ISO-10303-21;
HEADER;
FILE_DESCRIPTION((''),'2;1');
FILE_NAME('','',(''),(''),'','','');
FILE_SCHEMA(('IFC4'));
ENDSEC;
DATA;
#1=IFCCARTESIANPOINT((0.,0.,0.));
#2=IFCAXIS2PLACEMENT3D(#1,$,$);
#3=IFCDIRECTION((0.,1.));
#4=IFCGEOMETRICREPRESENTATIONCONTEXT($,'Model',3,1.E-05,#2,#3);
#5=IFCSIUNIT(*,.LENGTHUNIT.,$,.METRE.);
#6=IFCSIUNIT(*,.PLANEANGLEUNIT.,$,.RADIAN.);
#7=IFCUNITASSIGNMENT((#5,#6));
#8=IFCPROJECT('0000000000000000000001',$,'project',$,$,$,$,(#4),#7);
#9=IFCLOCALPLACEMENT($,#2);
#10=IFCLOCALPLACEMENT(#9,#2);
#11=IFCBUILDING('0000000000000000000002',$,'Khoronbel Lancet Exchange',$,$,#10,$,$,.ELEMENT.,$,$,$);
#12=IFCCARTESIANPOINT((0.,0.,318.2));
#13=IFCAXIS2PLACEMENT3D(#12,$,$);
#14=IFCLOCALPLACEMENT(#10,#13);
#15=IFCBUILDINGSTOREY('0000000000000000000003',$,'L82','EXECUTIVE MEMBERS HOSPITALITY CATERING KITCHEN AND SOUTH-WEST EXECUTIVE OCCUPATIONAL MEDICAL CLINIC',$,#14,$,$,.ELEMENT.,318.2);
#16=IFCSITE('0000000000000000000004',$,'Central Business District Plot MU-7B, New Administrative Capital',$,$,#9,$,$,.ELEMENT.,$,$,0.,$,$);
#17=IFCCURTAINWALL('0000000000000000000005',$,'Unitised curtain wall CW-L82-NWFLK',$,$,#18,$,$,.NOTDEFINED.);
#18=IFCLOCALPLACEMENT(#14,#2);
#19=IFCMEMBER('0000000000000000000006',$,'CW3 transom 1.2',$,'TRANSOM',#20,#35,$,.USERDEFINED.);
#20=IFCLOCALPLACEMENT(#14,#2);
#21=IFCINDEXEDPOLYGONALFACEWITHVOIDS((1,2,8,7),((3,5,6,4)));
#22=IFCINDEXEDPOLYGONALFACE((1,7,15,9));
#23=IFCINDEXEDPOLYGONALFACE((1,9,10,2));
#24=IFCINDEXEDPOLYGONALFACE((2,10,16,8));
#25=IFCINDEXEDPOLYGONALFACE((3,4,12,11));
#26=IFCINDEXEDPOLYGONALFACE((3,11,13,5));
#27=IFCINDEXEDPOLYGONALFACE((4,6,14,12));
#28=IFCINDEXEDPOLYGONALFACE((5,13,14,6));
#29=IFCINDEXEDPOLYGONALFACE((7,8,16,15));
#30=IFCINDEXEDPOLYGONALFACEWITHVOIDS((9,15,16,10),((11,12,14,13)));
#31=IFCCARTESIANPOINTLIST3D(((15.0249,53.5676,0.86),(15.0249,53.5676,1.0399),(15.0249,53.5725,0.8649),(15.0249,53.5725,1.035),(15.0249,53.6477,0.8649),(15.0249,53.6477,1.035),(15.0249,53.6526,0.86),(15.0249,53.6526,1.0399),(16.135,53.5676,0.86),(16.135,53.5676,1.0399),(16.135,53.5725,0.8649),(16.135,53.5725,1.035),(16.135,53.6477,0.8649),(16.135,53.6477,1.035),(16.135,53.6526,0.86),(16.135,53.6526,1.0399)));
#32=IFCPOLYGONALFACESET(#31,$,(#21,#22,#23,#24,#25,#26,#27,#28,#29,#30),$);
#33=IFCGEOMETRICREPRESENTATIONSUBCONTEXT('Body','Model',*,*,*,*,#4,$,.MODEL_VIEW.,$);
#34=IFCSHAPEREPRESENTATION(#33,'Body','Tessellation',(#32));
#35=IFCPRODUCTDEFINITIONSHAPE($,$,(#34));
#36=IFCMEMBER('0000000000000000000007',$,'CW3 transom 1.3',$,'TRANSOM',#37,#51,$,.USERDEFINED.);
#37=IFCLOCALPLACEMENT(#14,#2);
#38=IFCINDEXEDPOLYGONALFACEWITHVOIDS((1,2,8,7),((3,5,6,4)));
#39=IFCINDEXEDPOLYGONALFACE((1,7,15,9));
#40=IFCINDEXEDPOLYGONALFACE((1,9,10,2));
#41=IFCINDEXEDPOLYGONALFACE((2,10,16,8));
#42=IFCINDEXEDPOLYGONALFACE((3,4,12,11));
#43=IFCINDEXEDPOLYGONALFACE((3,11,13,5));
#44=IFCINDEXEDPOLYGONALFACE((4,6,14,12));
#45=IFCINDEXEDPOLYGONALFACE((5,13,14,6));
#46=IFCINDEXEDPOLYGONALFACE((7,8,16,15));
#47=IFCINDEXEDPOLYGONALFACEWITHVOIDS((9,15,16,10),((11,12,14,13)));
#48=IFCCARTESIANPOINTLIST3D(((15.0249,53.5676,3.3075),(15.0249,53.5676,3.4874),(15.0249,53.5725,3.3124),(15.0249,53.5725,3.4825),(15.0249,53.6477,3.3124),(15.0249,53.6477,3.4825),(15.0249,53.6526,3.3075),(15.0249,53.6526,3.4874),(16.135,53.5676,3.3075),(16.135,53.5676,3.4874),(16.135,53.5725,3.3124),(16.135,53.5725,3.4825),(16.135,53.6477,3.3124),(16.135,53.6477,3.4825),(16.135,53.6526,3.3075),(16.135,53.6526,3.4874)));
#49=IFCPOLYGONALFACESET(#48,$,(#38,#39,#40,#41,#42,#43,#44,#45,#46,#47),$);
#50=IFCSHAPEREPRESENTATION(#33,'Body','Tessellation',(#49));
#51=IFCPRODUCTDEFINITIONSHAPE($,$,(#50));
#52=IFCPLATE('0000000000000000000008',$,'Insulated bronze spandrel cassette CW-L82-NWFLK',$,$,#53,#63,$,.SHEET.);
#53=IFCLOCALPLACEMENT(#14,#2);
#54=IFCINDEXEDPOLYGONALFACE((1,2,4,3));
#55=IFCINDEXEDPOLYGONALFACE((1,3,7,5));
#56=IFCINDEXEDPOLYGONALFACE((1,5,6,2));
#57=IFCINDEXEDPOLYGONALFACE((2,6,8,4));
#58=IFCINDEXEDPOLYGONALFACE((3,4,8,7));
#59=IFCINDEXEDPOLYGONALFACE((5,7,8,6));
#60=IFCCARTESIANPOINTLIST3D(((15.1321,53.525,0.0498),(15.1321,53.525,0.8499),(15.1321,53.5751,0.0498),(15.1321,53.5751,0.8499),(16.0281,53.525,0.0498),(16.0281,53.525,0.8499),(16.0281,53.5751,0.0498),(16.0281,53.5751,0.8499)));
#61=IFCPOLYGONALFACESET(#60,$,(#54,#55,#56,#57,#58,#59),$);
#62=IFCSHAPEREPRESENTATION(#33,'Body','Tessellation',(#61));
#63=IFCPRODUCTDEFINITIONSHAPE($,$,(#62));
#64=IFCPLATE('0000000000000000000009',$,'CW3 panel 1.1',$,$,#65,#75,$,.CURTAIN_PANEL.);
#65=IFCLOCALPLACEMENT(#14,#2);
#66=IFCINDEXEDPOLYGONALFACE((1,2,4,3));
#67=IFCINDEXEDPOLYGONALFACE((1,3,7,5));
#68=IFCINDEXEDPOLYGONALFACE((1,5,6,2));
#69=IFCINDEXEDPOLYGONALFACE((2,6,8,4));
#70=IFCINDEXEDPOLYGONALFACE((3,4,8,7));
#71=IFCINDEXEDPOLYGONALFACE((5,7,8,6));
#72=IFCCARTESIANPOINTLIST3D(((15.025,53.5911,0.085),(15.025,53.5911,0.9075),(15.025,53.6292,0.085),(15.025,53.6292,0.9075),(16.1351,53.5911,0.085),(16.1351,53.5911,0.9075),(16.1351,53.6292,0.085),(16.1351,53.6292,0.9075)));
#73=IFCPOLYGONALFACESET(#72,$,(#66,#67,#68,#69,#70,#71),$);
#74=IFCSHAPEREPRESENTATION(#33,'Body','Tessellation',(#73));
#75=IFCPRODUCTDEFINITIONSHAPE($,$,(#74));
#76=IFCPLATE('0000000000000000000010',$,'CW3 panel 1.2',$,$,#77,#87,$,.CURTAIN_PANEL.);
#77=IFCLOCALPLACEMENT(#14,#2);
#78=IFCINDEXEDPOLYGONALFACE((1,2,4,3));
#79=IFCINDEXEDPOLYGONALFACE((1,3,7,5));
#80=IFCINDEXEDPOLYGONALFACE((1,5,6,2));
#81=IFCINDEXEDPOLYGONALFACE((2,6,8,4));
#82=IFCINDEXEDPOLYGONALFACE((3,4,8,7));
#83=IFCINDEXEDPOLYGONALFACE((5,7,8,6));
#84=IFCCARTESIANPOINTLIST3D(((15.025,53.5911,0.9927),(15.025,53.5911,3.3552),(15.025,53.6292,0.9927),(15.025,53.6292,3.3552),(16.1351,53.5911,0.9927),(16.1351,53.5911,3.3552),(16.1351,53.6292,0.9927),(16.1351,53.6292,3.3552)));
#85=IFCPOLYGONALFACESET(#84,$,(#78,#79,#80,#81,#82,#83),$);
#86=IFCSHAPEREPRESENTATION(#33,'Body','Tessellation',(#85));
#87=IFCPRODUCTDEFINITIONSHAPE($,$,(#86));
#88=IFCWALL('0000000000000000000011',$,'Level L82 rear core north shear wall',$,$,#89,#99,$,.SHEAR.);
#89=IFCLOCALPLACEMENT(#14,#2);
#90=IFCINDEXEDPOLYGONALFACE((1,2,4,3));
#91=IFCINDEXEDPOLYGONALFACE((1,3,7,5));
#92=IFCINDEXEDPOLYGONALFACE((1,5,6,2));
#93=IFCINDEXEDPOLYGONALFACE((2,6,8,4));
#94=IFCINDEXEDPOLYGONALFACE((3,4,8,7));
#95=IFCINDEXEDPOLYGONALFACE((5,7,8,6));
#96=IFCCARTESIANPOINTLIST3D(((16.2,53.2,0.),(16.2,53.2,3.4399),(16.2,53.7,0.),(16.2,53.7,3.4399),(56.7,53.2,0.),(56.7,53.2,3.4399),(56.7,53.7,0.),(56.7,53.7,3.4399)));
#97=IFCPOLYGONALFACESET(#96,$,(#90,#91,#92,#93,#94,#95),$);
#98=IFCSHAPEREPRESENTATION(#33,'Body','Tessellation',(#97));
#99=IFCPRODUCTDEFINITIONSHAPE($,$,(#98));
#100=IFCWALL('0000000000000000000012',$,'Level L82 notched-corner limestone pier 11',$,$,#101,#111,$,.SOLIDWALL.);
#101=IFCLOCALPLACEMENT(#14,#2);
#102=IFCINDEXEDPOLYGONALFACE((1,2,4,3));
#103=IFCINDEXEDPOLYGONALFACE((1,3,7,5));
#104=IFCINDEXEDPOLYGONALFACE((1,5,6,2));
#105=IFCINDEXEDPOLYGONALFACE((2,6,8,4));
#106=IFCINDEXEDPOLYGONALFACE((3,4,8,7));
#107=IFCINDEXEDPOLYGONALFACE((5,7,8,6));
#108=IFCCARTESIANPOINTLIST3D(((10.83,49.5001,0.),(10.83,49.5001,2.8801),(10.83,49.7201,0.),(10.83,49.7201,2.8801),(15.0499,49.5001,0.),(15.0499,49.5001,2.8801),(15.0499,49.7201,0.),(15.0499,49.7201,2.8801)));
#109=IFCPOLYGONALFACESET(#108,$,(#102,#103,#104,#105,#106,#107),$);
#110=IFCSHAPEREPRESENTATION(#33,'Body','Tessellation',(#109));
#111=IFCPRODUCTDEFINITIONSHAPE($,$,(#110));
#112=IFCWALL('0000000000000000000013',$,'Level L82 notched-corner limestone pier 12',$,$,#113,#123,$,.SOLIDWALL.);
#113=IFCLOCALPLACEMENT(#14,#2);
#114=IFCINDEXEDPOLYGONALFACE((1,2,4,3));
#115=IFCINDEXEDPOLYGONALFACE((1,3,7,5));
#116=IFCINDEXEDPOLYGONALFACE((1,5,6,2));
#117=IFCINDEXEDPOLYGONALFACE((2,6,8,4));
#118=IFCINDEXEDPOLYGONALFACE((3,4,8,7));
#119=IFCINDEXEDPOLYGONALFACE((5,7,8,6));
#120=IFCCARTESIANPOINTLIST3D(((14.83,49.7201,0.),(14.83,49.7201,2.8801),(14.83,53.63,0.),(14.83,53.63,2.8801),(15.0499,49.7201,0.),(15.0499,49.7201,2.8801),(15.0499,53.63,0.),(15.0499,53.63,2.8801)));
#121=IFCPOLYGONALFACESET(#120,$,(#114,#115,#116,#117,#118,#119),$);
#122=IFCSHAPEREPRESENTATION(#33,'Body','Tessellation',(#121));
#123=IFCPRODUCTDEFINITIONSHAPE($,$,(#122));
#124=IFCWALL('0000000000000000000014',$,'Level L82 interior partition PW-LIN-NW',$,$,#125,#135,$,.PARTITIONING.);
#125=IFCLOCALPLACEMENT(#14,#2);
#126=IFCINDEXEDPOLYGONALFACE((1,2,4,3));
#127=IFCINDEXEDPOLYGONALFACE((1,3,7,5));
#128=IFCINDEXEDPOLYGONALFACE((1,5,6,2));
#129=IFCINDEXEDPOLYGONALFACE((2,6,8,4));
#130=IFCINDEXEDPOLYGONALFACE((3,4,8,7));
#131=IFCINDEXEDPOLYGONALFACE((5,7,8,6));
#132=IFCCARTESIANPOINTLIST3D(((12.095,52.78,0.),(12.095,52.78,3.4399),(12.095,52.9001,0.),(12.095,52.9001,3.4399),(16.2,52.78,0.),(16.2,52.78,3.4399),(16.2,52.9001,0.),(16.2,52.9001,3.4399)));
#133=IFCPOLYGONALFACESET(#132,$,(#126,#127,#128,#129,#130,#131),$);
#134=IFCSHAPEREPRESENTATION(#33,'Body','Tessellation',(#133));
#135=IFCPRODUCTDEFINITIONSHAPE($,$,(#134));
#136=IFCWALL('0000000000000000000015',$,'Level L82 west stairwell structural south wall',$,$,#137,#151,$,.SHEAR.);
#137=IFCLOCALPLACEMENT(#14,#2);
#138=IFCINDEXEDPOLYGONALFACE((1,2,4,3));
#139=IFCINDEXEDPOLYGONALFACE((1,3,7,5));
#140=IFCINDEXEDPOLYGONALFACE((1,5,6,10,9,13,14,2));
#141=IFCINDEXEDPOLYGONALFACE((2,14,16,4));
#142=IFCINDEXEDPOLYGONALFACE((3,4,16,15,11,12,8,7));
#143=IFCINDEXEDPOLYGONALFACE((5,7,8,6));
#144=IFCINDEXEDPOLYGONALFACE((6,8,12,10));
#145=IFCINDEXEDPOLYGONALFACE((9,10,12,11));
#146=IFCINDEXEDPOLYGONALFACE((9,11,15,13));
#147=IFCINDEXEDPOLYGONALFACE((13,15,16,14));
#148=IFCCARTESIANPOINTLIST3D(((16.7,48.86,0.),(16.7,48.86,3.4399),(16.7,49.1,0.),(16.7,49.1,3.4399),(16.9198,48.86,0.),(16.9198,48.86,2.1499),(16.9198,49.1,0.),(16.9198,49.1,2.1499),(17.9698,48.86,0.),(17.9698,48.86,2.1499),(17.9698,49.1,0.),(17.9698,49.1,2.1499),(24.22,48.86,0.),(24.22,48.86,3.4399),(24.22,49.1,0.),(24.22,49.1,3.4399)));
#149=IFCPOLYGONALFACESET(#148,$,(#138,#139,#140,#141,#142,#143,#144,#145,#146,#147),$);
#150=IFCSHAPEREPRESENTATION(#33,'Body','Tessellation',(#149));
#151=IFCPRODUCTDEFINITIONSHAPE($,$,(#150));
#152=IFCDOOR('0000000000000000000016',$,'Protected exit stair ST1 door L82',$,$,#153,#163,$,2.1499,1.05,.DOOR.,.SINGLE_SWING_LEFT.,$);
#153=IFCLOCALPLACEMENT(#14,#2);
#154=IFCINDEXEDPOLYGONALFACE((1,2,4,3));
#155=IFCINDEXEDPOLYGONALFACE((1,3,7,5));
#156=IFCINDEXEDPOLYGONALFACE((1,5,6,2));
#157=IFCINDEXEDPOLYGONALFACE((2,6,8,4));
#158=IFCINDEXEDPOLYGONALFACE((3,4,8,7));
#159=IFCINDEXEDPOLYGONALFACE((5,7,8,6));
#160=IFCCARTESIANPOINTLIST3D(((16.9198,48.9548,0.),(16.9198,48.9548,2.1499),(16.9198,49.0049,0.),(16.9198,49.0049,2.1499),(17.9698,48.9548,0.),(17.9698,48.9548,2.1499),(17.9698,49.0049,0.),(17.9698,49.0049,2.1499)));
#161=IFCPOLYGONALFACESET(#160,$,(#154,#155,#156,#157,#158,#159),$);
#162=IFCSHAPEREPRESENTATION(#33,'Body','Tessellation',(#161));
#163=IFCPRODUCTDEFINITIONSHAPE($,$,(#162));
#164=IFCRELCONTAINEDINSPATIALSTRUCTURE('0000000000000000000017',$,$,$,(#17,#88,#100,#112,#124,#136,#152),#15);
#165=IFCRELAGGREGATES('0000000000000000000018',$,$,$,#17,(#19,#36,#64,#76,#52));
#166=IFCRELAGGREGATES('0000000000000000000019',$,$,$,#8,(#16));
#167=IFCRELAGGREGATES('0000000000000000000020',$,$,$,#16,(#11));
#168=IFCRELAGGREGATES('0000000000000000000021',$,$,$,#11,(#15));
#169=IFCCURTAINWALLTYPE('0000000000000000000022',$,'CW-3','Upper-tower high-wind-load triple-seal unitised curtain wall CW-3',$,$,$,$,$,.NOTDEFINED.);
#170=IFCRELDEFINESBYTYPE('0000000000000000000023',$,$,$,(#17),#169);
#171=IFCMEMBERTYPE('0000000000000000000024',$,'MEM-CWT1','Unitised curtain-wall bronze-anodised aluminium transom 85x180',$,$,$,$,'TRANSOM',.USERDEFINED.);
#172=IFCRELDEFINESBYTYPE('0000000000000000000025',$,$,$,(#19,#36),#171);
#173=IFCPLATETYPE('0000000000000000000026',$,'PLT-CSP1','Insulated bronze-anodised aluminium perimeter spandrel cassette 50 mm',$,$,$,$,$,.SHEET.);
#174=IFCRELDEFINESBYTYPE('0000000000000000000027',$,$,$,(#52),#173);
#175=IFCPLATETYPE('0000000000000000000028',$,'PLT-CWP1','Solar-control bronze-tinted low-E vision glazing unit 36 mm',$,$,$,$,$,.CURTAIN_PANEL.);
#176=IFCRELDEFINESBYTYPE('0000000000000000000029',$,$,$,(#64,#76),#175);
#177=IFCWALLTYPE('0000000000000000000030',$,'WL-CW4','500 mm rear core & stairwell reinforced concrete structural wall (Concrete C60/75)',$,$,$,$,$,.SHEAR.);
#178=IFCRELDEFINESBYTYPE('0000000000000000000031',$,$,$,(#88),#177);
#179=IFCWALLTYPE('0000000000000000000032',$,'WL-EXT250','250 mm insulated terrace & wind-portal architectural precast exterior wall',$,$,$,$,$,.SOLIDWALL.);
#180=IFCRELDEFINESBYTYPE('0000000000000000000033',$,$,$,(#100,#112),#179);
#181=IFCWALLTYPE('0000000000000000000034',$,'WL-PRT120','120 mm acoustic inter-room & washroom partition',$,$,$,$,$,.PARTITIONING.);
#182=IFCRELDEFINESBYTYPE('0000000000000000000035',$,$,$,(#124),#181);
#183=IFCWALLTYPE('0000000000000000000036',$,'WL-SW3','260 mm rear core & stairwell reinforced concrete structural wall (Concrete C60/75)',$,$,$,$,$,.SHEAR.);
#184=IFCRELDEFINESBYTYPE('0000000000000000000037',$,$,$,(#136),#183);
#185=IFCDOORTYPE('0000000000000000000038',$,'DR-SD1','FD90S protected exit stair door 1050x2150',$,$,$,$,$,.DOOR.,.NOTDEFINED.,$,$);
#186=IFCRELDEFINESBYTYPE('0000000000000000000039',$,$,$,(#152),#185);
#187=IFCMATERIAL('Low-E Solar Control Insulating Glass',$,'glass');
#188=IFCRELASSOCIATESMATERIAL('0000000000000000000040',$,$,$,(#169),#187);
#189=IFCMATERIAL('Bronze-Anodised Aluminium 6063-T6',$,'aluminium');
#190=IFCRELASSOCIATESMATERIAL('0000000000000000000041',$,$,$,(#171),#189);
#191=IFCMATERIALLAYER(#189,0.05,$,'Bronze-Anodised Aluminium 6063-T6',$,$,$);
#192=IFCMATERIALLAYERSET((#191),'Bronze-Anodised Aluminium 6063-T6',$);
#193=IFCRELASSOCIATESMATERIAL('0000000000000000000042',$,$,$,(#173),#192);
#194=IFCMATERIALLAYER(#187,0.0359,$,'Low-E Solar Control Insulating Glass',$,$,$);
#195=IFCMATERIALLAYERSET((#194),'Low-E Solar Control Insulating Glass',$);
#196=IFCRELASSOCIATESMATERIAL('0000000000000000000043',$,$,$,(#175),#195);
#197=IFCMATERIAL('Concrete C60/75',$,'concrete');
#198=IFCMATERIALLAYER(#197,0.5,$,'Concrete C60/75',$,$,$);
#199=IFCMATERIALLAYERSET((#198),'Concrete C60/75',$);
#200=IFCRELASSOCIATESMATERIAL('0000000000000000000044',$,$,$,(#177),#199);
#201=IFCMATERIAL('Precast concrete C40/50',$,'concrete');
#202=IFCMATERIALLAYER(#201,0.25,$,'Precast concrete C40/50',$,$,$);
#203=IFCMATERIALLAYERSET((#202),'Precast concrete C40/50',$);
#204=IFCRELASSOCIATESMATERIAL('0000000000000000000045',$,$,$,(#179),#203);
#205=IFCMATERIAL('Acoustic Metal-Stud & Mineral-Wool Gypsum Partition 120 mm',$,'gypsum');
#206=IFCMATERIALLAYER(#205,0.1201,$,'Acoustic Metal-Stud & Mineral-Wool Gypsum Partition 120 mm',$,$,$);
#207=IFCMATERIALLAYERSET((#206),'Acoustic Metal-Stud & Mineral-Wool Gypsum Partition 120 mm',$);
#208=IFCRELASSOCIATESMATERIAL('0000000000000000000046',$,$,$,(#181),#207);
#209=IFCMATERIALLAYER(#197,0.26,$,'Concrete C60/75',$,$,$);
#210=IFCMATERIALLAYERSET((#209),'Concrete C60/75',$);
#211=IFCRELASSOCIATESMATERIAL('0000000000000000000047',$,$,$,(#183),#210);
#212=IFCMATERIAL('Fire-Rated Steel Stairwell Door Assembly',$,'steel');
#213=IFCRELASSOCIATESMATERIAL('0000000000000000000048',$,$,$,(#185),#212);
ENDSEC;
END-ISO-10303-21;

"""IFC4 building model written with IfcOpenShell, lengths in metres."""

from ifc_helpers import new_model, si_unit, direction, frame, frame_2d, origin, origin_2d, place, context, subcontext, project, spatial, rectangle, hollow_rectangle, extrude, material, layer, layer_set, material_profile, profile_set, type_object, element, fill, aggregate, save


model = new_model("IFC4")

# Units and contexts
model_context = context("Model", 3, precision=1e-05, world=origin(), true_north=direction((0.0, 1.0)))
body_context = subcontext(model_context, "Body", "Model", "MODEL_VIEW")
ifc_project = project(units=[si_unit("LENGTHUNIT", "METRE"), si_unit("PLANEANGLEUNIT", "RADIAN")], contexts=[model_context])

# Site, building, storey
site_placement = place(None, origin())
site = spatial("IfcSite", under=ifc_project, at=site_placement, Name="Central Business District Plot MU-7B, New Administrative Capital", CompositionType="ELEMENT", RefElevation=0.0)
building_placement = place(site_placement, origin())
building = spatial("IfcBuilding", under=site, at=building_placement, Name="Khoronbel Lancet Exchange", CompositionType="ELEMENT")
storey_placement = place(building_placement, frame((0.0, 0.0, 318.2)))
storey = spatial("IfcBuildingStorey", under=building, at=storey_placement, Name="L82", Description="EXECUTIVE MEMBERS HOSPITALITY CATERING KITCHEN AND SOUTH-WEST EXECUTIVE OCCUPATIONAL MEDICAL CLINIC", CompositionType="ELEMENT", Elevation=318.2)

# Curtain wall, members, plates
ifc_material_1 = material(Name="Low-E Solar Control Insulating Glass", Category="glass")
curtain_wall_type = type_object("IfcCurtainWallType", Name="CW-3", Description="Upper-tower high-wind-load triple-seal unitised curtain wall CW-3", PredefinedType="NOTDEFINED", material=ifc_material_1)
curtain_wall_placement = place(storey_placement, origin())
curtain_wall = element("IfcCurtainWall", 1, at=curtain_wall_placement, inside=storey, type_object=curtain_wall_type, Name="Unitised curtain wall CW-L82-NWFLK", PredefinedType="NOTDEFINED")
ifc_material_2 = material(Name="Bronze-Anodised Aluminium 6063-T6", Category="aluminium")
ifc_material_profile_1 = material_profile(ifc_material_2, hollow_rectangle(XDim=0.085, YDim=0.1799, WallThickness=0.0049, at=origin_2d()), Name="ALU TRANSOM 85x180")
ifc_profile_set_1 = profile_set([ifc_material_profile_1], Name="Bronze-Anodised Aluminium 6063-T6")
member_type_1 = type_object("IfcMemberType", Name="MEM-CWT1", Description="Unitised curtain-wall bronze-anodised aluminium transom 85x180", ElementType="TRANSOM", PredefinedType="USERDEFINED", material=ifc_profile_set_1)
member_1_placement = place(storey_placement, frame((16.135, 53.6101, 0.95), z_axis=(-1.0, 0.0, 0.0), x_axis=(0.0, -1.0, 0.0)))
member_1 = element("IfcMember", 2, at=member_1_placement, type_object=member_type_1, Name="CW3 transom 1.2", ObjectType="TRANSOM", PredefinedType="USERDEFINED", context=body_context, shape_type="SweptSolid", body=[
    extrude(hollow_rectangle(XDim=0.085, YDim=0.1799, WallThickness=0.0049, at=origin_2d()), origin(), (0.0, 0.0, 1.0), 1.1101),
])
member_2_placement = place(storey_placement, frame((16.135, 53.6101, 3.3975), z_axis=(-1.0, 0.0, 0.0), x_axis=(0.0, -1.0, 0.0)))
member_2 = element("IfcMember", 3, at=member_2_placement, type_object=member_type_1, Name="CW3 transom 1.3", ObjectType="TRANSOM", PredefinedType="USERDEFINED", context=body_context, shape_type="SweptSolid", body=[
    extrude(hollow_rectangle(XDim=0.085, YDim=0.1799, WallThickness=0.0049, at=origin_2d()), origin(), (0.0, 0.0, 1.0), 1.1101),
])
ifc_layer_1 = layer(ifc_material_2, 0.05, Name="Bronze-Anodised Aluminium 6063-T6")
ifc_layer_set_1 = layer_set([ifc_layer_1], Name="Bronze-Anodised Aluminium 6063-T6")
plate_type_1 = type_object("IfcPlateType", Name="PLT-CSP1", Description="Insulated bronze-anodised aluminium perimeter spandrel cassette 50 mm", PredefinedType="SHEET", material=ifc_layer_set_1)
plate_1_placement = place(storey_placement, frame((15.5801, 53.55, 0.0498), z_axis=(0.0, 0.0, 1.0), x_axis=(-1.0, 0.0, 0.0)))
plate_1 = element("IfcPlate", 4, at=plate_1_placement, type_object=plate_type_1, Name="Insulated bronze spandrel cassette CW-L82-NWFLK", PredefinedType="SHEET", context=body_context, shape_type="SweptSolid", body=[
    extrude(rectangle(XDim=0.896, YDim=0.05, at=origin_2d()), origin(), (0.0, 0.0, 1.0), 0.8),
])
ifc_layer_2 = layer(ifc_material_1, 0.0359, Name="Low-E Solar Control Insulating Glass")
ifc_layer_set_2 = layer_set([ifc_layer_2], Name="Low-E Solar Control Insulating Glass")
plate_type_2 = type_object("IfcPlateType", Name="PLT-CWP1", Description="Solar-control bronze-tinted low-E vision glazing unit 36 mm", PredefinedType="CURTAIN_PANEL", material=ifc_layer_set_2)
plate_2_placement = place(storey_placement, frame((15.5801, 53.6101, 0.085), z_axis=(0.0, 0.0, 1.0), x_axis=(-1.0, 0.0, 0.0)))
plate_2 = element("IfcPlate", 5, at=plate_2_placement, type_object=plate_type_2, Name="CW3 panel 1.1", PredefinedType="CURTAIN_PANEL", context=body_context, shape_type="SweptSolid", body=[
    extrude(rectangle(XDim=1.1101, YDim=0.0381, at=origin_2d()), origin(), (0.0, 0.0, 1.0), 0.8225),
])
plate_3_placement = place(storey_placement, frame((15.5801, 53.6101, 0.9927), z_axis=(0.0, 0.0, 1.0), x_axis=(-1.0, 0.0, 0.0)))
plate_3 = element("IfcPlate", 6, at=plate_3_placement, type_object=plate_type_2, Name="CW3 panel 1.2", PredefinedType="CURTAIN_PANEL", context=body_context, shape_type="SweptSolid", body=[
    extrude(rectangle(XDim=1.1101, YDim=0.0381, at=origin_2d()), origin(), (0.0, 0.0, 1.0), 2.3625),
])
aggregate(curtain_wall, [member_1, member_2, plate_2, plate_3, plate_1])

# Walls
ifc_material_3 = material(Name="Concrete C60/75", Category="concrete")
ifc_layer_3 = layer(ifc_material_3, 0.5, Name="Concrete C60/75")
ifc_layer_set_3 = layer_set([ifc_layer_3], Name="Concrete C60/75")
wall_type_1 = type_object("IfcWallType", Name="WL-CW4", Description="500 mm rear core & stairwell reinforced concrete structural wall (Concrete C60/75)", PredefinedType="SHEAR", material=ifc_layer_set_3)
wall_1_placement = place(storey_placement, frame((16.2, 53.45, 0.0), z_axis=(0.0, 0.0, 1.0), x_axis=(1.0, 0.0, 0.0)))
element("IfcWall", 7, at=wall_1_placement, inside=storey, type_object=wall_type_1, Name="Level L82 rear core north shear wall", PredefinedType="SHEAR", context=body_context, shape_type="SweptSolid", body=[
    extrude(rectangle(XDim=40.5, YDim=0.5, at=frame_2d((20.25, 0.0))), origin(), (0.0, 0.0, 1.0), 3.4399),
])
ifc_material_4 = material(Name="Precast concrete C40/50", Category="concrete")
ifc_layer_4 = layer(ifc_material_4, 0.25, Name="Precast concrete C40/50")
ifc_layer_set_4 = layer_set([ifc_layer_4], Name="Precast concrete C40/50")
wall_type_2 = type_object("IfcWallType", Name="WL-EXT250", Description="250 mm insulated terrace & wind-portal architectural precast exterior wall", PredefinedType="SOLIDWALL", material=ifc_layer_set_4)
wall_2_placement = place(storey_placement, frame((10.8301, 49.6101, 0.0), z_axis=(0.0, 0.0, 1.0), x_axis=(1.0, 0.0, 0.0)))
element("IfcWall", 8, at=wall_2_placement, inside=storey, type_object=wall_type_2, Name="Level L82 notched-corner limestone pier 11", PredefinedType="SOLIDWALL", context=body_context, shape_type="SweptSolid", body=[
    extrude(rectangle(XDim=4.22, YDim=0.22, at=frame_2d((2.1099, 0.0))), origin(), (0.0, 0.0, 1.0), 2.8801),
])
wall_3_placement = place(storey_placement, frame((14.9399, 49.72, 0.0), z_axis=(0.0, 0.0, 1.0), x_axis=(0.0, 1.0, 0.0)))
element("IfcWall", 9, at=wall_3_placement, inside=storey, type_object=wall_type_2, Name="Level L82 notched-corner limestone pier 12", PredefinedType="SOLIDWALL", context=body_context, shape_type="SweptSolid", body=[
    extrude(rectangle(XDim=3.9099, YDim=0.22, at=frame_2d((1.9551, 0.0))), origin(), (0.0, 0.0, 1.0), 2.8801),
])
ifc_material_5 = material(Name="Acoustic Metal-Stud & Mineral-Wool Gypsum Partition 120 mm", Category="gypsum")
ifc_layer_5 = layer(ifc_material_5, 0.1201, Name="Acoustic Metal-Stud & Mineral-Wool Gypsum Partition 120 mm")
ifc_layer_set_5 = layer_set([ifc_layer_5], Name="Acoustic Metal-Stud & Mineral-Wool Gypsum Partition 120 mm")
wall_type_3 = type_object("IfcWallType", Name="WL-PRT120", Description="120 mm acoustic inter-room & washroom partition", PredefinedType="PARTITIONING", material=ifc_layer_set_5)
wall_4_placement = place(storey_placement, frame((12.095, 52.8401, 0.0), z_axis=(0.0, 0.0, 1.0), x_axis=(1.0, 0.0, 0.0)))
element("IfcWall", 10, at=wall_4_placement, inside=storey, type_object=wall_type_3, Name="Level L82 interior partition PW-LIN-NW", PredefinedType="PARTITIONING", context=body_context, shape_type="SweptSolid", body=[
    extrude(rectangle(XDim=4.105, YDim=0.1201, at=frame_2d((2.0525, 0.0))), origin(), (0.0, 0.0, 1.0), 3.4399),
])

# Wall, opening, door
ifc_layer_6 = layer(ifc_material_3, 0.26, Name="Concrete C60/75")
ifc_layer_set_6 = layer_set([ifc_layer_6], Name="Concrete C60/75")
wall_type_4 = type_object("IfcWallType", Name="WL-SW3", Description="260 mm rear core & stairwell reinforced concrete structural wall (Concrete C60/75)", PredefinedType="SHEAR", material=ifc_layer_set_6)
wall_5_placement = place(storey_placement, frame((16.7, 48.98, 0.0), z_axis=(0.0, 0.0, 1.0), x_axis=(1.0, 0.0, 0.0)))
wall_5 = element("IfcWall", 11, at=wall_5_placement, inside=storey, type_object=wall_type_4, Name="Level L82 west stairwell structural south wall", PredefinedType="SHEAR", context=body_context, shape_type="SweptSolid", body=[
    extrude(rectangle(XDim=7.52, YDim=0.24, at=frame_2d((3.76, 0.0))), origin(), (0.0, 0.0, 1.0), 3.4399),
])
opening_placement = place(wall_5_placement, frame((0.22, 0.0, 0.0)))
opening = element("IfcOpeningElement", 12, at=opening_placement, cuts=wall_5, PredefinedType="OPENING", context=body_context, shape_type="SweptSolid", body=[
    extrude(rectangle(XDim=1.05, YDim=2.1499, at=frame_2d((0.5249, 1.075))), frame((0.0, 0.1299, 0.0), z_axis=(0.0, -1.0, 0.0), x_axis=(1.0, 0.0, 0.0)), (0.0, 0.0, 1.0), 0.26),
])
ifc_material_6 = material(Name="Fire-Rated Steel Stairwell Door Assembly", Category="steel")
door_type = type_object("IfcDoorType", Name="DR-SD1", Description="FD90S protected exit stair door 1050x2150", OperationType="NOTDEFINED", PredefinedType="DOOR", material=ifc_material_6)
door_placement = place(opening_placement, origin())
door = element("IfcDoor", 13, at=door_placement, inside=storey, type_object=door_type, Name="Protected exit stair ST1 door L82", OperationType="SINGLE_SWING_LEFT", OverallHeight=2.1499, OverallWidth=1.05, PredefinedType="DOOR", context=body_context, shape_type="SweptSolid", body=[
    extrude(rectangle(XDim=1.05, YDim=2.1499, at=frame_2d((0.5249, 1.075))), frame((0.0, 0.0249, 0.0), z_axis=(0.0, -1.0, 0.0), x_axis=(1.0, 0.0, 0.0)), (0.0, 0.0, 1.0), 0.05),
])
fill(opening, door)

save(model, "model.ifc")
